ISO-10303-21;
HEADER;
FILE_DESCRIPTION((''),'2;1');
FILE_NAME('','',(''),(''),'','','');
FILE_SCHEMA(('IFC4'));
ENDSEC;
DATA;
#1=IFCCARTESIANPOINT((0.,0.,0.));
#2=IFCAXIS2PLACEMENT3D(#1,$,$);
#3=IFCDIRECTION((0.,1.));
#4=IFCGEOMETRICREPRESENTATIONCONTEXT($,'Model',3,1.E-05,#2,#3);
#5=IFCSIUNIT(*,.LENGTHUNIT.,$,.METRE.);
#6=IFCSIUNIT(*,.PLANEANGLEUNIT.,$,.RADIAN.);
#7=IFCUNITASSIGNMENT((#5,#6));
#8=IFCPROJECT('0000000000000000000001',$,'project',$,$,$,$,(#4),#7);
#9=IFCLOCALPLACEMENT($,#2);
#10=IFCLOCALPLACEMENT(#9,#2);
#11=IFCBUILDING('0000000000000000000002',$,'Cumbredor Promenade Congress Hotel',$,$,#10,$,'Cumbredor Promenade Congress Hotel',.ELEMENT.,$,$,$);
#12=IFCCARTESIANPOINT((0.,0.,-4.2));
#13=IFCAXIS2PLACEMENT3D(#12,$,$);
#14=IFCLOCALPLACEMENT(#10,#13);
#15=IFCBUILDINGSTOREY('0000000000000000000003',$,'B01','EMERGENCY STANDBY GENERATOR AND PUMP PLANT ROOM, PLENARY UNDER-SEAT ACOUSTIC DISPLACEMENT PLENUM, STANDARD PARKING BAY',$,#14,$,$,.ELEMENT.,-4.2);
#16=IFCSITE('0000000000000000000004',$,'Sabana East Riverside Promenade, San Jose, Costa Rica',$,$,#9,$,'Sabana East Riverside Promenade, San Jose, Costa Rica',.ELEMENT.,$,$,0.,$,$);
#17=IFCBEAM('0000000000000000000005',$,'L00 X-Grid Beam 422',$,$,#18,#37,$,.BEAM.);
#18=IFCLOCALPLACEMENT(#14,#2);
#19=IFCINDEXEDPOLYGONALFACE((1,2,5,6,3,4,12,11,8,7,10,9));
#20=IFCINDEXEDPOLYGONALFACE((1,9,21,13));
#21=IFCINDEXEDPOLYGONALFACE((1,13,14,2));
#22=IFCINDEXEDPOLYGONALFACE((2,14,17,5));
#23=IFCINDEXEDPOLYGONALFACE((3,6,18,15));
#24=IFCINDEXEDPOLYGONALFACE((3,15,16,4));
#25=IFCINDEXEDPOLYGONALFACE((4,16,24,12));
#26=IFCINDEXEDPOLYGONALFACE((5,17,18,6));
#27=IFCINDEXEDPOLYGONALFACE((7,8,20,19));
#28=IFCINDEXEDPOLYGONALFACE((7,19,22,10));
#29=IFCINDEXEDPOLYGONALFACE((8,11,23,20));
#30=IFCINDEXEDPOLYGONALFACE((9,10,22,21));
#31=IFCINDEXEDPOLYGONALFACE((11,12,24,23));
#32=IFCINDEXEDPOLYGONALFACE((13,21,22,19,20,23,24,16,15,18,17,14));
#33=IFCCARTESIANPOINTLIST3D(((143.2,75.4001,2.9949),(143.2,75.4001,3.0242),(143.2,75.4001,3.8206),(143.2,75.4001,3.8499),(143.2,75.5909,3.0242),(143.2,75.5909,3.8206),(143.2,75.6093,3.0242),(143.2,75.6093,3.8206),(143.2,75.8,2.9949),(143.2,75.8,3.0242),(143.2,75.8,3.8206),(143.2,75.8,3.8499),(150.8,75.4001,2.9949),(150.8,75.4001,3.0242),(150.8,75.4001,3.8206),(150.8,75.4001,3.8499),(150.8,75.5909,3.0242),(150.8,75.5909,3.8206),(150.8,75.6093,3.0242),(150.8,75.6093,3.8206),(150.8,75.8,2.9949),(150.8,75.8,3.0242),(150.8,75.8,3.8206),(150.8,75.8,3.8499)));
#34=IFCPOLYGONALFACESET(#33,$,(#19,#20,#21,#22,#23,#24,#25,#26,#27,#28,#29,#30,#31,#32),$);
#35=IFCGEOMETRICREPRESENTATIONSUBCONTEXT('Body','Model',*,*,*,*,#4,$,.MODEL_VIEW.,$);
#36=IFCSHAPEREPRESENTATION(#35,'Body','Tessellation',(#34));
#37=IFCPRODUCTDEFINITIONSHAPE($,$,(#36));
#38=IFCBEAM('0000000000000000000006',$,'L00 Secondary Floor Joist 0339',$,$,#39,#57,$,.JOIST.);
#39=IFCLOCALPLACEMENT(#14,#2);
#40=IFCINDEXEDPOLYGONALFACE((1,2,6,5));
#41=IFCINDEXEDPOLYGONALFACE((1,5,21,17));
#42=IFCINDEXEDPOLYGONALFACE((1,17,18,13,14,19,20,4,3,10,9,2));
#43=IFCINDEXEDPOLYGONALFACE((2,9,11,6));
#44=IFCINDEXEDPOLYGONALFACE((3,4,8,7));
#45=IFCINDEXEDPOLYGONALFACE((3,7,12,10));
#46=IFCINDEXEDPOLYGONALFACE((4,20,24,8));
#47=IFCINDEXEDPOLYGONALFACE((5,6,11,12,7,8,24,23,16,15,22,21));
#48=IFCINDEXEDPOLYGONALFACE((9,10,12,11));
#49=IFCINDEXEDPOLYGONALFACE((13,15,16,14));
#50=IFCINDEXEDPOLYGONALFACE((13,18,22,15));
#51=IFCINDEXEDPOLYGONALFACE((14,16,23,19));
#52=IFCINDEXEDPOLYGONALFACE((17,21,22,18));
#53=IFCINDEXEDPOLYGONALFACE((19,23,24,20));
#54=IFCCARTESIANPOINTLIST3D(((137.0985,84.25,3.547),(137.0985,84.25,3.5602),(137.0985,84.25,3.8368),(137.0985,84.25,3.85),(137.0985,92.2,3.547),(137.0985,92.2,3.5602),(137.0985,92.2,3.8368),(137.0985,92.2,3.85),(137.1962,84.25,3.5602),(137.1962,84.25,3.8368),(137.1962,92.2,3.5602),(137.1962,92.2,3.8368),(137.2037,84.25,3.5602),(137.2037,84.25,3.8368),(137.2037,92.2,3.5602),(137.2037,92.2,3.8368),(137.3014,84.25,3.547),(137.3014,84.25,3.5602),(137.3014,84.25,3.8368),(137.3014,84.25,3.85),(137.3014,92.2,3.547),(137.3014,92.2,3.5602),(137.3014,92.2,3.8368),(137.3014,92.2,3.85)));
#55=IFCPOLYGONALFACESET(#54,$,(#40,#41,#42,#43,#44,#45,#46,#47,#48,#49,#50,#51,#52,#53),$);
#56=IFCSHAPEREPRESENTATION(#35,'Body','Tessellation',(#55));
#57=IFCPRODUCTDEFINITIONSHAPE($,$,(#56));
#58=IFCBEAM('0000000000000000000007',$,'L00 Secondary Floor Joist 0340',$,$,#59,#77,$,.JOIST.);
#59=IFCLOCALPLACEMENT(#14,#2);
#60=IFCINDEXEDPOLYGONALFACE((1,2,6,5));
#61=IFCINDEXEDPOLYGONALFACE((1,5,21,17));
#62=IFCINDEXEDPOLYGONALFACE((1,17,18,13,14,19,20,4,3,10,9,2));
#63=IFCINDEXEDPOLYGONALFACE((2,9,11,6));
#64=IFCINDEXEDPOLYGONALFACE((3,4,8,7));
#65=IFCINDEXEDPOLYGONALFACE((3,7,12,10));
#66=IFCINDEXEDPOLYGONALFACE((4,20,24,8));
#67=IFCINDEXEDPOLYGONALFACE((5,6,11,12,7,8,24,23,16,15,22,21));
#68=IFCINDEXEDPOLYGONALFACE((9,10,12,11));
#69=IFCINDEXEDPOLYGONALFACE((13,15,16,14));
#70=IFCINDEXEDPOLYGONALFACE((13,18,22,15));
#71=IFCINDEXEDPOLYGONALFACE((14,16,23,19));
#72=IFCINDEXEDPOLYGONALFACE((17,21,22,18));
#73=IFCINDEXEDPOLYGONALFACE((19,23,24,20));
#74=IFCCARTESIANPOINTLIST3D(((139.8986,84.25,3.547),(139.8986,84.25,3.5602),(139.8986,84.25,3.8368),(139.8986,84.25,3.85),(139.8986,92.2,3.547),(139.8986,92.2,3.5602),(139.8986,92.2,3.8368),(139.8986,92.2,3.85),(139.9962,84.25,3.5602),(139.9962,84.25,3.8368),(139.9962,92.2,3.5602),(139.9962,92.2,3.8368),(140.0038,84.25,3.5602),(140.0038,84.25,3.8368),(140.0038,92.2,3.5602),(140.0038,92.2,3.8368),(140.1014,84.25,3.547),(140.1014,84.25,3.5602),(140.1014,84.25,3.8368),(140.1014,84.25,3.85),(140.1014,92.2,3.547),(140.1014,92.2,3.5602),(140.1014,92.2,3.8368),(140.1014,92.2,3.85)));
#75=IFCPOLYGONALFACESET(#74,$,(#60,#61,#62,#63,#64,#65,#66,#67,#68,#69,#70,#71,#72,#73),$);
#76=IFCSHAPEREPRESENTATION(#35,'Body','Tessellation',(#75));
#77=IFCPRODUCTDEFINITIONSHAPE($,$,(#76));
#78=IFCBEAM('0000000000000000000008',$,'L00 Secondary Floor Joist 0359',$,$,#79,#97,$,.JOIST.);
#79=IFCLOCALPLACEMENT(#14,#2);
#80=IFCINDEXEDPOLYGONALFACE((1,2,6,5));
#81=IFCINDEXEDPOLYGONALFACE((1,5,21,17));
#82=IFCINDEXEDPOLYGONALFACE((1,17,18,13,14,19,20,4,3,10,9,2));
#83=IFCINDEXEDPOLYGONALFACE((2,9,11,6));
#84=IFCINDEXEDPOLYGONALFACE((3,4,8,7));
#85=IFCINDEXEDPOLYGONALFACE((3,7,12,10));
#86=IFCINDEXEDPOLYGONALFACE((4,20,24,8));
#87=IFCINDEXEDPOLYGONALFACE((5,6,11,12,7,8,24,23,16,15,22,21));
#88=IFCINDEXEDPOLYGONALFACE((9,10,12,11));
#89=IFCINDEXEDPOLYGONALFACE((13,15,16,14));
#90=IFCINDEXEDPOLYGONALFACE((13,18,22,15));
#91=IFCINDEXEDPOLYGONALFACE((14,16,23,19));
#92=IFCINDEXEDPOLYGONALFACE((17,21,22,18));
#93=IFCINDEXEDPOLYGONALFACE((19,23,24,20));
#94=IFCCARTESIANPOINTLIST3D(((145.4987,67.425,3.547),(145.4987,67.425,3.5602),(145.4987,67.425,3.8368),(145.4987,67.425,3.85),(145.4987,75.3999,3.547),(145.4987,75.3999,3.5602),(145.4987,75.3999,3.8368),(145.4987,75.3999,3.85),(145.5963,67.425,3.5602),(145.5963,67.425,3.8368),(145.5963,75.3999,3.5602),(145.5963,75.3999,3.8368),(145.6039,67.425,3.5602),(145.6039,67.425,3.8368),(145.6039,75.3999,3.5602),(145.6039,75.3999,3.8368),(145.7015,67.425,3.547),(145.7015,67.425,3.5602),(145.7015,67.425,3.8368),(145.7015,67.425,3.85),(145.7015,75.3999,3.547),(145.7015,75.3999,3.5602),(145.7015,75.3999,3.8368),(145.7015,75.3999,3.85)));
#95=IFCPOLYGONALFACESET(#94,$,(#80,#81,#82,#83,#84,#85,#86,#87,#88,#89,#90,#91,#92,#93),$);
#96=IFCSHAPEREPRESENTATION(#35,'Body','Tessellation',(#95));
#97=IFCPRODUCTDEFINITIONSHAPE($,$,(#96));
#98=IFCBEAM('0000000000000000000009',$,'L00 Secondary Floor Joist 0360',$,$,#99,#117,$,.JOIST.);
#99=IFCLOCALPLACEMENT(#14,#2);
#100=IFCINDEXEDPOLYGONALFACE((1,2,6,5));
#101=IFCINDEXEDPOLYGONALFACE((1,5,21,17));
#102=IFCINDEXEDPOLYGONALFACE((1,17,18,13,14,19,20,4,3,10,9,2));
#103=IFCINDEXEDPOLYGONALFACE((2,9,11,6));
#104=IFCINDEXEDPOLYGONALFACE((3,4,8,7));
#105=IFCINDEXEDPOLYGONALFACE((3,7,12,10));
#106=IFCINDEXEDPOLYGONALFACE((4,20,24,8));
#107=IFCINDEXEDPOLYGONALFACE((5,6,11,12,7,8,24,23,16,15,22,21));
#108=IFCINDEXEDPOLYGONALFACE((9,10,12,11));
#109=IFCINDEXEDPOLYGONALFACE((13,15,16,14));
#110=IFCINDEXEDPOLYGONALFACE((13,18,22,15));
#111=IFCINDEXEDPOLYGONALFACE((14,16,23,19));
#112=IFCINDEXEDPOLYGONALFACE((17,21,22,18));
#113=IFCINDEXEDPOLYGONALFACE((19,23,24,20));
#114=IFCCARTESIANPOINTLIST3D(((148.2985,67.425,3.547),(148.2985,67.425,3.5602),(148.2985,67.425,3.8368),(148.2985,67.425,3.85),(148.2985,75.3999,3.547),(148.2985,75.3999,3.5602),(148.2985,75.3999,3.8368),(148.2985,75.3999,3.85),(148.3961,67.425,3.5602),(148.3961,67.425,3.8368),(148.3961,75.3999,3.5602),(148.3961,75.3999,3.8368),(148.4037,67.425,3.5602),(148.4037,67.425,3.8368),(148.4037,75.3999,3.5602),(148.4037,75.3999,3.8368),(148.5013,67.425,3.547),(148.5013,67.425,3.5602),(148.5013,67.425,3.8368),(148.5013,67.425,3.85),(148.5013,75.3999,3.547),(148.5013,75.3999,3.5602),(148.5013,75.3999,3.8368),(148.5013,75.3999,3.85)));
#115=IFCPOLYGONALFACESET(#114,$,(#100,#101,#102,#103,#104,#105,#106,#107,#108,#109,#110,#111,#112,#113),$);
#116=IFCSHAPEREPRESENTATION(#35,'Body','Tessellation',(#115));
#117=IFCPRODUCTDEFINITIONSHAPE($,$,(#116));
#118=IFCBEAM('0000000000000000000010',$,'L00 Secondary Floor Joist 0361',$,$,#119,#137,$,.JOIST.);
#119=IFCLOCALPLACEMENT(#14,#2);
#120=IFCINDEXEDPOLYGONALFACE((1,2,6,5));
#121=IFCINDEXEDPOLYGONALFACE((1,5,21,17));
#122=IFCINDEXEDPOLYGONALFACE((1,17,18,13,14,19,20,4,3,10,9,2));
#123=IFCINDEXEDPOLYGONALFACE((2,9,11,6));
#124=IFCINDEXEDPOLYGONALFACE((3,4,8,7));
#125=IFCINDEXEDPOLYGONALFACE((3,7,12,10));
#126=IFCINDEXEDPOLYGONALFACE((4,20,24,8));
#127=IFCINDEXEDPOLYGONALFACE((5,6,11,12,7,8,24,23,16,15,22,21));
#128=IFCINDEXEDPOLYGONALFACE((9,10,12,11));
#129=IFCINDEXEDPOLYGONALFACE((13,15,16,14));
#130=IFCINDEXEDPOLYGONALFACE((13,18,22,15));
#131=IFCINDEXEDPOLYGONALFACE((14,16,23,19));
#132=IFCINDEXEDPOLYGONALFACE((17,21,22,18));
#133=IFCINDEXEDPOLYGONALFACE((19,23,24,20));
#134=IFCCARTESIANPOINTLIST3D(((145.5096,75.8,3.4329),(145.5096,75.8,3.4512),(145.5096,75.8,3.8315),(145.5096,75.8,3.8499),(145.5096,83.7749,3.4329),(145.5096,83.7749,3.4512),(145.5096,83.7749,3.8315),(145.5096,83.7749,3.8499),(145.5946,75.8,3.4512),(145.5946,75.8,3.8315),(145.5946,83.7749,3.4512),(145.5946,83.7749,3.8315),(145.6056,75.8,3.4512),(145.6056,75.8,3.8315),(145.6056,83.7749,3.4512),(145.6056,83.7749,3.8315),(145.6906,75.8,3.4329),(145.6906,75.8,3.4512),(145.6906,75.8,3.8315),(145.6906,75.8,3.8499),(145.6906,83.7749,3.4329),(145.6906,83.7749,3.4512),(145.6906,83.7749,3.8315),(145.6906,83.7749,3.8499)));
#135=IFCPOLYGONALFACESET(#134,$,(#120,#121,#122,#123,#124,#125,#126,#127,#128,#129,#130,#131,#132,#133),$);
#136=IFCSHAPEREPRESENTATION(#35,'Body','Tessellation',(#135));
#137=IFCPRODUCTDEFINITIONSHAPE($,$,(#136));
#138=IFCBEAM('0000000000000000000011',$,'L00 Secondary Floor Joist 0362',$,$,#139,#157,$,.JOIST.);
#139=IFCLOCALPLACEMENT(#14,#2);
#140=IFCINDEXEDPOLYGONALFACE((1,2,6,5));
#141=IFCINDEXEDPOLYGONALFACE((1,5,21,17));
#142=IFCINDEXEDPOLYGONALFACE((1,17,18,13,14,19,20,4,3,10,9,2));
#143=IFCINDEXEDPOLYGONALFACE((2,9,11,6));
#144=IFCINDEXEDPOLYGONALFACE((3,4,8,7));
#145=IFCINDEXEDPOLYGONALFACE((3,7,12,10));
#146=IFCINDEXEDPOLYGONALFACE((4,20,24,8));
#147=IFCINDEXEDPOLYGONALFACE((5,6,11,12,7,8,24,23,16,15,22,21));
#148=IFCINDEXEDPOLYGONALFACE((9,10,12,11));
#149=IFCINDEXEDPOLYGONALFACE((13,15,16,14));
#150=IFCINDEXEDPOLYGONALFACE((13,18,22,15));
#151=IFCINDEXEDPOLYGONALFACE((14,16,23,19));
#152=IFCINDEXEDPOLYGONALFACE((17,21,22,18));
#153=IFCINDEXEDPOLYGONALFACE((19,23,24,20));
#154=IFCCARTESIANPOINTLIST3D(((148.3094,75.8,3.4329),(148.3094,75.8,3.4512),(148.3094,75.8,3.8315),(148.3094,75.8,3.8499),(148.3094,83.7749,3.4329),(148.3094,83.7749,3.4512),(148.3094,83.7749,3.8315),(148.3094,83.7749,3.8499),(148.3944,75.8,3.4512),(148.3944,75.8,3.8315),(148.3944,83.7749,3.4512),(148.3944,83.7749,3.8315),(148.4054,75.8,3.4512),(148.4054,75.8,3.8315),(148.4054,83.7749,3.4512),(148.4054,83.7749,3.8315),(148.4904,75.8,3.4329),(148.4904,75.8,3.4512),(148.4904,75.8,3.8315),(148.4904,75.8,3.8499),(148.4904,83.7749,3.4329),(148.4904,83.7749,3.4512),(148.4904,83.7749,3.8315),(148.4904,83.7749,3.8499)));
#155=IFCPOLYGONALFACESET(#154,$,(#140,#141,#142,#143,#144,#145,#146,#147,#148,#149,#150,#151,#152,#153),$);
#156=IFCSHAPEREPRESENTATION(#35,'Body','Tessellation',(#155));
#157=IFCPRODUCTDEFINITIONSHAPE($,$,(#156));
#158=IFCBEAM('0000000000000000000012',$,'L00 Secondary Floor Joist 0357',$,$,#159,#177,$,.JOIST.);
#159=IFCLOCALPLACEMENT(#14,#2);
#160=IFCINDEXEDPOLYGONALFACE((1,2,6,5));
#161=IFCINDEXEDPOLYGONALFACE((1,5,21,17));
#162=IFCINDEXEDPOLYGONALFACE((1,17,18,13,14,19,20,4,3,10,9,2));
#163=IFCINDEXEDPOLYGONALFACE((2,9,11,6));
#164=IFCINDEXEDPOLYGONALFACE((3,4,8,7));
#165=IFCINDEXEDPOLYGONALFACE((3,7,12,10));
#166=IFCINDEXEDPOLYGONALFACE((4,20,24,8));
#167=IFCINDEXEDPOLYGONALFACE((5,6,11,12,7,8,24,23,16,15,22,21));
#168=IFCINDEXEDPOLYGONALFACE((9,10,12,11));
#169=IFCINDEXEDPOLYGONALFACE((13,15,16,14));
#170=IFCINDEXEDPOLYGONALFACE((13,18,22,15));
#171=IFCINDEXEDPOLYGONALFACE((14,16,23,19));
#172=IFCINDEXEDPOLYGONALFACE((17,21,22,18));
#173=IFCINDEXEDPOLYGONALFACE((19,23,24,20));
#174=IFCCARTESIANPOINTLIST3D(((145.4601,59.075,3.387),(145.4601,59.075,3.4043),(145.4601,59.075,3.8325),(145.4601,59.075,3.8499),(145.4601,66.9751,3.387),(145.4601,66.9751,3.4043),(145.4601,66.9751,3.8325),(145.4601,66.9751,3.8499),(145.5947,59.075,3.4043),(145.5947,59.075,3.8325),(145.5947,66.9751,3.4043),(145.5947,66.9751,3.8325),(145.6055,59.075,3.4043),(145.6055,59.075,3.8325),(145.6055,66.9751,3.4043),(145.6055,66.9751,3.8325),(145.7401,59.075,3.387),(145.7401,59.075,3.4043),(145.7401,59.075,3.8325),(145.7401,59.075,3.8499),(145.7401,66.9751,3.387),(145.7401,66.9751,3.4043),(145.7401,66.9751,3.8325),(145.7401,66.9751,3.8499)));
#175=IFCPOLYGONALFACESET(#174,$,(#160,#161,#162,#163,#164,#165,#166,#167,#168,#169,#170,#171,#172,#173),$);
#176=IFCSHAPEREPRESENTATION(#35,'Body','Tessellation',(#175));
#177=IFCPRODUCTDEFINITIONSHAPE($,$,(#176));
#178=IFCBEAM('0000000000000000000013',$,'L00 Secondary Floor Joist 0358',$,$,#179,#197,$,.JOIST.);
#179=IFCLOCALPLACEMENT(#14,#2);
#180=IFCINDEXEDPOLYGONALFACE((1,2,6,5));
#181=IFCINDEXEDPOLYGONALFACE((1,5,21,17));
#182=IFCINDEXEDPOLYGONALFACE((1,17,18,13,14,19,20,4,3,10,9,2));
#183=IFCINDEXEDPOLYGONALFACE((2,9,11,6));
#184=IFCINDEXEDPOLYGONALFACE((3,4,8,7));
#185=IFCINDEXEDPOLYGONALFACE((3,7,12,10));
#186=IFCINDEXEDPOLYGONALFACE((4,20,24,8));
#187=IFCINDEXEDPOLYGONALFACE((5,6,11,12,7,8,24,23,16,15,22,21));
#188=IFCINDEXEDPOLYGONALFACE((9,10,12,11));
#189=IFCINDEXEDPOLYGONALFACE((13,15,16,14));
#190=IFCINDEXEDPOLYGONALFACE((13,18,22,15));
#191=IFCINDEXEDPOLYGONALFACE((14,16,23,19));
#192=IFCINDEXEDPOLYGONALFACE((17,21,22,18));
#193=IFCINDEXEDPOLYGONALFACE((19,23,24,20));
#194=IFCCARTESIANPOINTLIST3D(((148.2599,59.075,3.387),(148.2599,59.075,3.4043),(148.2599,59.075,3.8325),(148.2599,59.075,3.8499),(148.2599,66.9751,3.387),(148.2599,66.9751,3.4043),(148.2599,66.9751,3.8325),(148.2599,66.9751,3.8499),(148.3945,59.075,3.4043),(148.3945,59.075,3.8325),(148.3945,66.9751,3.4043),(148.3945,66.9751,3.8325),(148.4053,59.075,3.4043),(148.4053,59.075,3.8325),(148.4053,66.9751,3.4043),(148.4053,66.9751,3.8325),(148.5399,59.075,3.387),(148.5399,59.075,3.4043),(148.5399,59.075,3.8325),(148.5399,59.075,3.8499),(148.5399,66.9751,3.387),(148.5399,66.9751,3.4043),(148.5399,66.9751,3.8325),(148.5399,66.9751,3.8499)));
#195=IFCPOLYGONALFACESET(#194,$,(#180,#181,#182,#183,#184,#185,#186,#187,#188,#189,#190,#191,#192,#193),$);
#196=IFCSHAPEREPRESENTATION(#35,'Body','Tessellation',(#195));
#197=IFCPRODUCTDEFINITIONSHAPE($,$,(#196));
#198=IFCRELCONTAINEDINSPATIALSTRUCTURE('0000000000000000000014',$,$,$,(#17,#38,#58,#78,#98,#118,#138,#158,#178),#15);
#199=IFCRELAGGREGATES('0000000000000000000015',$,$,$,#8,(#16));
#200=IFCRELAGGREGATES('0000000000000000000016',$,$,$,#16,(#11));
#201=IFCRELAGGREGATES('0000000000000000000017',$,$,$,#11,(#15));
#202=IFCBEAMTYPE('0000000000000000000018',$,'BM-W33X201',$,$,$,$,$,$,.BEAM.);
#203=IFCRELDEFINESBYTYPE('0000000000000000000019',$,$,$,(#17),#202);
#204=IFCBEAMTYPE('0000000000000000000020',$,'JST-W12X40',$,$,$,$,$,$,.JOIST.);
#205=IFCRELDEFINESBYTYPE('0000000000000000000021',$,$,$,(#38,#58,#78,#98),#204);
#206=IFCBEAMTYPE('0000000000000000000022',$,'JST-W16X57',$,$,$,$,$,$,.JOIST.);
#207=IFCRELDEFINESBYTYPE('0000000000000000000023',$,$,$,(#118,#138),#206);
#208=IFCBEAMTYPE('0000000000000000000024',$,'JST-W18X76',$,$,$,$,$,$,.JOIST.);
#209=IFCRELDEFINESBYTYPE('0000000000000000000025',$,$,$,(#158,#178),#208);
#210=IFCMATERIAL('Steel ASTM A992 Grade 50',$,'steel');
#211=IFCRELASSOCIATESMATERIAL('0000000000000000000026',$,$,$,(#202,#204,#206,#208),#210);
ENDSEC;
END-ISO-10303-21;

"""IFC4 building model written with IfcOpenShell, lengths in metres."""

from ifc_helpers import new_model, si_unit, direction, frame, origin, origin_2d, place, context, subcontext, project, spatial, i_section, extrude, material, material_profile, profile_set, type_object, element, save


model = new_model("IFC4")

# Units and contexts
model_context = context("Model", 3, precision=1e-05, world=origin(), true_north=direction((0.0, 1.0)))
body_context = subcontext(model_context, "Body", "Model", "MODEL_VIEW")
ifc_project = project(units=[si_unit("LENGTHUNIT", "METRE"), si_unit("PLANEANGLEUNIT", "RADIAN")], contexts=[model_context])

# Site, building, storey
site_placement = place(None, origin())
site = spatial("IfcSite", under=ifc_project, at=site_placement, Name="Sabana East Riverside Promenade, San Jose, Costa Rica", LongName="Sabana East Riverside Promenade, San Jose, Costa Rica", CompositionType="ELEMENT", RefElevation=0.0)
building_placement = place(site_placement, origin())
building = spatial("IfcBuilding", under=site, at=building_placement, Name="Cumbredor Promenade Congress Hotel", LongName="Cumbredor Promenade Congress Hotel", CompositionType="ELEMENT")
storey_placement = place(building_placement, frame((0.0, 0.0, -4.2)))
storey = spatial("IfcBuildingStorey", under=building, at=storey_placement, Name="B01", Description="EMERGENCY STANDBY GENERATOR AND PUMP PLANT ROOM, PLENARY UNDER-SEAT ACOUSTIC DISPLACEMENT PLENUM, STANDARD PARKING BAY", CompositionType="ELEMENT", Elevation=-4.2)

# Beams
ifc_material_1 = material(Name="Steel ASTM A992 Grade 50", Category="steel")
ifc_material_profile_1 = material_profile(ifc_material_1, i_section(OverallWidth=0.3999, OverallDepth=0.855, WebThickness=0.0183, FlangeThickness=0.0293, at=origin_2d()), Name="W33X201")
ifc_profile_set_1 = profile_set([ifc_material_profile_1], Name="Steel ASTM A992 Grade 50")
beam_type_1 = type_object("IfcBeamType", Name="BM-W33X201", PredefinedType="BEAM", material=ifc_profile_set_1)
beam_1_placement = place(storey_placement, frame((143.2, 75.6001, 3.4224), z_axis=(1.0, 0.0, 0.0), x_axis=(0.0, 1.0, 0.0)))
element("IfcBeam", 1, at=beam_1_placement, inside=storey, type_object=beam_type_1, Name="L00 X-Grid Beam 422", PredefinedType="BEAM", context=body_context, shape_type="SweptSolid", body=[
    extrude(i_section(OverallWidth=0.3999, OverallDepth=0.855, WebThickness=0.0183, FlangeThickness=0.0293, at=origin_2d()), origin(), (0.0, 0.0, 1.0), 7.6001),
])
ifc_material_profile_2 = material_profile(ifc_material_1, i_section(OverallWidth=0.2029, OverallDepth=0.303, WebThickness=0.0076, FlangeThickness=0.0132, at=origin_2d()), Name="W12X40")
ifc_profile_set_2 = profile_set([ifc_material_profile_2], Name="Steel ASTM A992 Grade 50")
beam_type_2 = type_object("IfcBeamType", Name="JST-W12X40", PredefinedType="JOIST", material=ifc_profile_set_2)
for number, where, z_axis, x_axis, name in (
    (2, (137.2, 84.25, 3.6985), (0.0, 1.0, 0.0), (-1.0, 0.0, 0.0), "L00 Secondary Floor Joist 0339"),
    (3, (140.0, 84.25, 3.6985), (0.0, 1.0, 0.0), (-1.0, 0.0, 0.0), "L00 Secondary Floor Joist 0340"),
):
    element("IfcBeam", number, at=place(storey_placement, frame(where, z_axis=z_axis, x_axis=x_axis)), inside=storey, type_object=beam_type_2, Name=name, PredefinedType="JOIST", context=body_context, shape_type="SweptSolid", body=[
        extrude(i_section(OverallWidth=0.2029, OverallDepth=0.303, WebThickness=0.0076, FlangeThickness=0.0132, at=origin_2d()), origin(), (0.0, 0.0, 1.0), 7.95),
    ])
for number, where, z_axis, x_axis, name in (
    (4, (145.6001, 67.425, 3.6985), (0.0, 1.0, 0.0), (-1.0, 0.0, 0.0), "L00 Secondary Floor Joist 0359"),
    (5, (148.3999, 67.425, 3.6985), (0.0, 1.0, 0.0), (-1.0, 0.0, 0.0), "L00 Secondary Floor Joist 0360"),
):
    element("IfcBeam", number, at=place(storey_placement, frame(where, z_axis=z_axis, x_axis=x_axis)), inside=storey, type_object=beam_type_2, Name=name, PredefinedType="JOIST", context=body_context, shape_type="SweptSolid", body=[
        extrude(i_section(OverallWidth=0.2029, OverallDepth=0.303, WebThickness=0.0076, FlangeThickness=0.0132, at=origin_2d()), origin(), (0.0, 0.0, 1.0), 7.9749),
    ])
ifc_material_profile_3 = material_profile(ifc_material_1, i_section(OverallWidth=0.1809, OverallDepth=0.417, WebThickness=0.011, FlangeThickness=0.0183, at=origin_2d()), Name="W16X57")
ifc_profile_set_3 = profile_set([ifc_material_profile_3], Name="Steel ASTM A992 Grade 50")
beam_type_3 = type_object("IfcBeamType", Name="JST-W16X57", PredefinedType="JOIST", material=ifc_profile_set_3)
for number, where, z_axis, x_axis, name in (
    (6, (145.6001, 75.8, 3.6414), (0.0, 1.0, 0.0), (-1.0, 0.0, 0.0), "L00 Secondary Floor Joist 0361"),
    (7, (148.3999, 75.8, 3.6414), (0.0, 1.0, 0.0), (-1.0, 0.0, 0.0), "L00 Secondary Floor Joist 0362"),
):
    element("IfcBeam", number, at=place(storey_placement, frame(where, z_axis=z_axis, x_axis=x_axis)), inside=storey, type_object=beam_type_3, Name=name, PredefinedType="JOIST", context=body_context, shape_type="SweptSolid", body=[
        extrude(i_section(OverallWidth=0.1809, OverallDepth=0.417, WebThickness=0.011, FlangeThickness=0.0183, at=origin_2d()), origin(), (0.0, 0.0, 1.0), 7.9749),
    ])
ifc_material_profile_4 = material_profile(ifc_material_1, i_section(OverallWidth=0.28, OverallDepth=0.4629, WebThickness=0.0107, FlangeThickness=0.0173, at=origin_2d()), Name="W18X76")
ifc_profile_set_4 = profile_set([ifc_material_profile_4], Name="Steel ASTM A992 Grade 50")
beam_type_4 = type_object("IfcBeamType", Name="JST-W18X76", PredefinedType="JOIST", material=ifc_profile_set_4)
for number, where, z_axis, x_axis, name in (
    (8, (145.6001, 59.075, 3.6184), (0.0, 1.0, 0.0), (-1.0, 0.0, 0.0), "L00 Secondary Floor Joist 0357"),
    (9, (148.3999, 59.075, 3.6184), (0.0, 1.0, 0.0), (-1.0, 0.0, 0.0), "L00 Secondary Floor Joist 0358"),
):
    element("IfcBeam", number, at=place(storey_placement, frame(where, z_axis=z_axis, x_axis=x_axis)), inside=storey, type_object=beam_type_4, Name=name, PredefinedType="JOIST", context=body_context, shape_type="SweptSolid", body=[
        extrude(i_section(OverallWidth=0.28, OverallDepth=0.4629, WebThickness=0.0107, FlangeThickness=0.0173, at=origin_2d()), origin(), (0.0, 0.0, 1.0), 7.9001),
    ])

save(model, "model.ifc")
